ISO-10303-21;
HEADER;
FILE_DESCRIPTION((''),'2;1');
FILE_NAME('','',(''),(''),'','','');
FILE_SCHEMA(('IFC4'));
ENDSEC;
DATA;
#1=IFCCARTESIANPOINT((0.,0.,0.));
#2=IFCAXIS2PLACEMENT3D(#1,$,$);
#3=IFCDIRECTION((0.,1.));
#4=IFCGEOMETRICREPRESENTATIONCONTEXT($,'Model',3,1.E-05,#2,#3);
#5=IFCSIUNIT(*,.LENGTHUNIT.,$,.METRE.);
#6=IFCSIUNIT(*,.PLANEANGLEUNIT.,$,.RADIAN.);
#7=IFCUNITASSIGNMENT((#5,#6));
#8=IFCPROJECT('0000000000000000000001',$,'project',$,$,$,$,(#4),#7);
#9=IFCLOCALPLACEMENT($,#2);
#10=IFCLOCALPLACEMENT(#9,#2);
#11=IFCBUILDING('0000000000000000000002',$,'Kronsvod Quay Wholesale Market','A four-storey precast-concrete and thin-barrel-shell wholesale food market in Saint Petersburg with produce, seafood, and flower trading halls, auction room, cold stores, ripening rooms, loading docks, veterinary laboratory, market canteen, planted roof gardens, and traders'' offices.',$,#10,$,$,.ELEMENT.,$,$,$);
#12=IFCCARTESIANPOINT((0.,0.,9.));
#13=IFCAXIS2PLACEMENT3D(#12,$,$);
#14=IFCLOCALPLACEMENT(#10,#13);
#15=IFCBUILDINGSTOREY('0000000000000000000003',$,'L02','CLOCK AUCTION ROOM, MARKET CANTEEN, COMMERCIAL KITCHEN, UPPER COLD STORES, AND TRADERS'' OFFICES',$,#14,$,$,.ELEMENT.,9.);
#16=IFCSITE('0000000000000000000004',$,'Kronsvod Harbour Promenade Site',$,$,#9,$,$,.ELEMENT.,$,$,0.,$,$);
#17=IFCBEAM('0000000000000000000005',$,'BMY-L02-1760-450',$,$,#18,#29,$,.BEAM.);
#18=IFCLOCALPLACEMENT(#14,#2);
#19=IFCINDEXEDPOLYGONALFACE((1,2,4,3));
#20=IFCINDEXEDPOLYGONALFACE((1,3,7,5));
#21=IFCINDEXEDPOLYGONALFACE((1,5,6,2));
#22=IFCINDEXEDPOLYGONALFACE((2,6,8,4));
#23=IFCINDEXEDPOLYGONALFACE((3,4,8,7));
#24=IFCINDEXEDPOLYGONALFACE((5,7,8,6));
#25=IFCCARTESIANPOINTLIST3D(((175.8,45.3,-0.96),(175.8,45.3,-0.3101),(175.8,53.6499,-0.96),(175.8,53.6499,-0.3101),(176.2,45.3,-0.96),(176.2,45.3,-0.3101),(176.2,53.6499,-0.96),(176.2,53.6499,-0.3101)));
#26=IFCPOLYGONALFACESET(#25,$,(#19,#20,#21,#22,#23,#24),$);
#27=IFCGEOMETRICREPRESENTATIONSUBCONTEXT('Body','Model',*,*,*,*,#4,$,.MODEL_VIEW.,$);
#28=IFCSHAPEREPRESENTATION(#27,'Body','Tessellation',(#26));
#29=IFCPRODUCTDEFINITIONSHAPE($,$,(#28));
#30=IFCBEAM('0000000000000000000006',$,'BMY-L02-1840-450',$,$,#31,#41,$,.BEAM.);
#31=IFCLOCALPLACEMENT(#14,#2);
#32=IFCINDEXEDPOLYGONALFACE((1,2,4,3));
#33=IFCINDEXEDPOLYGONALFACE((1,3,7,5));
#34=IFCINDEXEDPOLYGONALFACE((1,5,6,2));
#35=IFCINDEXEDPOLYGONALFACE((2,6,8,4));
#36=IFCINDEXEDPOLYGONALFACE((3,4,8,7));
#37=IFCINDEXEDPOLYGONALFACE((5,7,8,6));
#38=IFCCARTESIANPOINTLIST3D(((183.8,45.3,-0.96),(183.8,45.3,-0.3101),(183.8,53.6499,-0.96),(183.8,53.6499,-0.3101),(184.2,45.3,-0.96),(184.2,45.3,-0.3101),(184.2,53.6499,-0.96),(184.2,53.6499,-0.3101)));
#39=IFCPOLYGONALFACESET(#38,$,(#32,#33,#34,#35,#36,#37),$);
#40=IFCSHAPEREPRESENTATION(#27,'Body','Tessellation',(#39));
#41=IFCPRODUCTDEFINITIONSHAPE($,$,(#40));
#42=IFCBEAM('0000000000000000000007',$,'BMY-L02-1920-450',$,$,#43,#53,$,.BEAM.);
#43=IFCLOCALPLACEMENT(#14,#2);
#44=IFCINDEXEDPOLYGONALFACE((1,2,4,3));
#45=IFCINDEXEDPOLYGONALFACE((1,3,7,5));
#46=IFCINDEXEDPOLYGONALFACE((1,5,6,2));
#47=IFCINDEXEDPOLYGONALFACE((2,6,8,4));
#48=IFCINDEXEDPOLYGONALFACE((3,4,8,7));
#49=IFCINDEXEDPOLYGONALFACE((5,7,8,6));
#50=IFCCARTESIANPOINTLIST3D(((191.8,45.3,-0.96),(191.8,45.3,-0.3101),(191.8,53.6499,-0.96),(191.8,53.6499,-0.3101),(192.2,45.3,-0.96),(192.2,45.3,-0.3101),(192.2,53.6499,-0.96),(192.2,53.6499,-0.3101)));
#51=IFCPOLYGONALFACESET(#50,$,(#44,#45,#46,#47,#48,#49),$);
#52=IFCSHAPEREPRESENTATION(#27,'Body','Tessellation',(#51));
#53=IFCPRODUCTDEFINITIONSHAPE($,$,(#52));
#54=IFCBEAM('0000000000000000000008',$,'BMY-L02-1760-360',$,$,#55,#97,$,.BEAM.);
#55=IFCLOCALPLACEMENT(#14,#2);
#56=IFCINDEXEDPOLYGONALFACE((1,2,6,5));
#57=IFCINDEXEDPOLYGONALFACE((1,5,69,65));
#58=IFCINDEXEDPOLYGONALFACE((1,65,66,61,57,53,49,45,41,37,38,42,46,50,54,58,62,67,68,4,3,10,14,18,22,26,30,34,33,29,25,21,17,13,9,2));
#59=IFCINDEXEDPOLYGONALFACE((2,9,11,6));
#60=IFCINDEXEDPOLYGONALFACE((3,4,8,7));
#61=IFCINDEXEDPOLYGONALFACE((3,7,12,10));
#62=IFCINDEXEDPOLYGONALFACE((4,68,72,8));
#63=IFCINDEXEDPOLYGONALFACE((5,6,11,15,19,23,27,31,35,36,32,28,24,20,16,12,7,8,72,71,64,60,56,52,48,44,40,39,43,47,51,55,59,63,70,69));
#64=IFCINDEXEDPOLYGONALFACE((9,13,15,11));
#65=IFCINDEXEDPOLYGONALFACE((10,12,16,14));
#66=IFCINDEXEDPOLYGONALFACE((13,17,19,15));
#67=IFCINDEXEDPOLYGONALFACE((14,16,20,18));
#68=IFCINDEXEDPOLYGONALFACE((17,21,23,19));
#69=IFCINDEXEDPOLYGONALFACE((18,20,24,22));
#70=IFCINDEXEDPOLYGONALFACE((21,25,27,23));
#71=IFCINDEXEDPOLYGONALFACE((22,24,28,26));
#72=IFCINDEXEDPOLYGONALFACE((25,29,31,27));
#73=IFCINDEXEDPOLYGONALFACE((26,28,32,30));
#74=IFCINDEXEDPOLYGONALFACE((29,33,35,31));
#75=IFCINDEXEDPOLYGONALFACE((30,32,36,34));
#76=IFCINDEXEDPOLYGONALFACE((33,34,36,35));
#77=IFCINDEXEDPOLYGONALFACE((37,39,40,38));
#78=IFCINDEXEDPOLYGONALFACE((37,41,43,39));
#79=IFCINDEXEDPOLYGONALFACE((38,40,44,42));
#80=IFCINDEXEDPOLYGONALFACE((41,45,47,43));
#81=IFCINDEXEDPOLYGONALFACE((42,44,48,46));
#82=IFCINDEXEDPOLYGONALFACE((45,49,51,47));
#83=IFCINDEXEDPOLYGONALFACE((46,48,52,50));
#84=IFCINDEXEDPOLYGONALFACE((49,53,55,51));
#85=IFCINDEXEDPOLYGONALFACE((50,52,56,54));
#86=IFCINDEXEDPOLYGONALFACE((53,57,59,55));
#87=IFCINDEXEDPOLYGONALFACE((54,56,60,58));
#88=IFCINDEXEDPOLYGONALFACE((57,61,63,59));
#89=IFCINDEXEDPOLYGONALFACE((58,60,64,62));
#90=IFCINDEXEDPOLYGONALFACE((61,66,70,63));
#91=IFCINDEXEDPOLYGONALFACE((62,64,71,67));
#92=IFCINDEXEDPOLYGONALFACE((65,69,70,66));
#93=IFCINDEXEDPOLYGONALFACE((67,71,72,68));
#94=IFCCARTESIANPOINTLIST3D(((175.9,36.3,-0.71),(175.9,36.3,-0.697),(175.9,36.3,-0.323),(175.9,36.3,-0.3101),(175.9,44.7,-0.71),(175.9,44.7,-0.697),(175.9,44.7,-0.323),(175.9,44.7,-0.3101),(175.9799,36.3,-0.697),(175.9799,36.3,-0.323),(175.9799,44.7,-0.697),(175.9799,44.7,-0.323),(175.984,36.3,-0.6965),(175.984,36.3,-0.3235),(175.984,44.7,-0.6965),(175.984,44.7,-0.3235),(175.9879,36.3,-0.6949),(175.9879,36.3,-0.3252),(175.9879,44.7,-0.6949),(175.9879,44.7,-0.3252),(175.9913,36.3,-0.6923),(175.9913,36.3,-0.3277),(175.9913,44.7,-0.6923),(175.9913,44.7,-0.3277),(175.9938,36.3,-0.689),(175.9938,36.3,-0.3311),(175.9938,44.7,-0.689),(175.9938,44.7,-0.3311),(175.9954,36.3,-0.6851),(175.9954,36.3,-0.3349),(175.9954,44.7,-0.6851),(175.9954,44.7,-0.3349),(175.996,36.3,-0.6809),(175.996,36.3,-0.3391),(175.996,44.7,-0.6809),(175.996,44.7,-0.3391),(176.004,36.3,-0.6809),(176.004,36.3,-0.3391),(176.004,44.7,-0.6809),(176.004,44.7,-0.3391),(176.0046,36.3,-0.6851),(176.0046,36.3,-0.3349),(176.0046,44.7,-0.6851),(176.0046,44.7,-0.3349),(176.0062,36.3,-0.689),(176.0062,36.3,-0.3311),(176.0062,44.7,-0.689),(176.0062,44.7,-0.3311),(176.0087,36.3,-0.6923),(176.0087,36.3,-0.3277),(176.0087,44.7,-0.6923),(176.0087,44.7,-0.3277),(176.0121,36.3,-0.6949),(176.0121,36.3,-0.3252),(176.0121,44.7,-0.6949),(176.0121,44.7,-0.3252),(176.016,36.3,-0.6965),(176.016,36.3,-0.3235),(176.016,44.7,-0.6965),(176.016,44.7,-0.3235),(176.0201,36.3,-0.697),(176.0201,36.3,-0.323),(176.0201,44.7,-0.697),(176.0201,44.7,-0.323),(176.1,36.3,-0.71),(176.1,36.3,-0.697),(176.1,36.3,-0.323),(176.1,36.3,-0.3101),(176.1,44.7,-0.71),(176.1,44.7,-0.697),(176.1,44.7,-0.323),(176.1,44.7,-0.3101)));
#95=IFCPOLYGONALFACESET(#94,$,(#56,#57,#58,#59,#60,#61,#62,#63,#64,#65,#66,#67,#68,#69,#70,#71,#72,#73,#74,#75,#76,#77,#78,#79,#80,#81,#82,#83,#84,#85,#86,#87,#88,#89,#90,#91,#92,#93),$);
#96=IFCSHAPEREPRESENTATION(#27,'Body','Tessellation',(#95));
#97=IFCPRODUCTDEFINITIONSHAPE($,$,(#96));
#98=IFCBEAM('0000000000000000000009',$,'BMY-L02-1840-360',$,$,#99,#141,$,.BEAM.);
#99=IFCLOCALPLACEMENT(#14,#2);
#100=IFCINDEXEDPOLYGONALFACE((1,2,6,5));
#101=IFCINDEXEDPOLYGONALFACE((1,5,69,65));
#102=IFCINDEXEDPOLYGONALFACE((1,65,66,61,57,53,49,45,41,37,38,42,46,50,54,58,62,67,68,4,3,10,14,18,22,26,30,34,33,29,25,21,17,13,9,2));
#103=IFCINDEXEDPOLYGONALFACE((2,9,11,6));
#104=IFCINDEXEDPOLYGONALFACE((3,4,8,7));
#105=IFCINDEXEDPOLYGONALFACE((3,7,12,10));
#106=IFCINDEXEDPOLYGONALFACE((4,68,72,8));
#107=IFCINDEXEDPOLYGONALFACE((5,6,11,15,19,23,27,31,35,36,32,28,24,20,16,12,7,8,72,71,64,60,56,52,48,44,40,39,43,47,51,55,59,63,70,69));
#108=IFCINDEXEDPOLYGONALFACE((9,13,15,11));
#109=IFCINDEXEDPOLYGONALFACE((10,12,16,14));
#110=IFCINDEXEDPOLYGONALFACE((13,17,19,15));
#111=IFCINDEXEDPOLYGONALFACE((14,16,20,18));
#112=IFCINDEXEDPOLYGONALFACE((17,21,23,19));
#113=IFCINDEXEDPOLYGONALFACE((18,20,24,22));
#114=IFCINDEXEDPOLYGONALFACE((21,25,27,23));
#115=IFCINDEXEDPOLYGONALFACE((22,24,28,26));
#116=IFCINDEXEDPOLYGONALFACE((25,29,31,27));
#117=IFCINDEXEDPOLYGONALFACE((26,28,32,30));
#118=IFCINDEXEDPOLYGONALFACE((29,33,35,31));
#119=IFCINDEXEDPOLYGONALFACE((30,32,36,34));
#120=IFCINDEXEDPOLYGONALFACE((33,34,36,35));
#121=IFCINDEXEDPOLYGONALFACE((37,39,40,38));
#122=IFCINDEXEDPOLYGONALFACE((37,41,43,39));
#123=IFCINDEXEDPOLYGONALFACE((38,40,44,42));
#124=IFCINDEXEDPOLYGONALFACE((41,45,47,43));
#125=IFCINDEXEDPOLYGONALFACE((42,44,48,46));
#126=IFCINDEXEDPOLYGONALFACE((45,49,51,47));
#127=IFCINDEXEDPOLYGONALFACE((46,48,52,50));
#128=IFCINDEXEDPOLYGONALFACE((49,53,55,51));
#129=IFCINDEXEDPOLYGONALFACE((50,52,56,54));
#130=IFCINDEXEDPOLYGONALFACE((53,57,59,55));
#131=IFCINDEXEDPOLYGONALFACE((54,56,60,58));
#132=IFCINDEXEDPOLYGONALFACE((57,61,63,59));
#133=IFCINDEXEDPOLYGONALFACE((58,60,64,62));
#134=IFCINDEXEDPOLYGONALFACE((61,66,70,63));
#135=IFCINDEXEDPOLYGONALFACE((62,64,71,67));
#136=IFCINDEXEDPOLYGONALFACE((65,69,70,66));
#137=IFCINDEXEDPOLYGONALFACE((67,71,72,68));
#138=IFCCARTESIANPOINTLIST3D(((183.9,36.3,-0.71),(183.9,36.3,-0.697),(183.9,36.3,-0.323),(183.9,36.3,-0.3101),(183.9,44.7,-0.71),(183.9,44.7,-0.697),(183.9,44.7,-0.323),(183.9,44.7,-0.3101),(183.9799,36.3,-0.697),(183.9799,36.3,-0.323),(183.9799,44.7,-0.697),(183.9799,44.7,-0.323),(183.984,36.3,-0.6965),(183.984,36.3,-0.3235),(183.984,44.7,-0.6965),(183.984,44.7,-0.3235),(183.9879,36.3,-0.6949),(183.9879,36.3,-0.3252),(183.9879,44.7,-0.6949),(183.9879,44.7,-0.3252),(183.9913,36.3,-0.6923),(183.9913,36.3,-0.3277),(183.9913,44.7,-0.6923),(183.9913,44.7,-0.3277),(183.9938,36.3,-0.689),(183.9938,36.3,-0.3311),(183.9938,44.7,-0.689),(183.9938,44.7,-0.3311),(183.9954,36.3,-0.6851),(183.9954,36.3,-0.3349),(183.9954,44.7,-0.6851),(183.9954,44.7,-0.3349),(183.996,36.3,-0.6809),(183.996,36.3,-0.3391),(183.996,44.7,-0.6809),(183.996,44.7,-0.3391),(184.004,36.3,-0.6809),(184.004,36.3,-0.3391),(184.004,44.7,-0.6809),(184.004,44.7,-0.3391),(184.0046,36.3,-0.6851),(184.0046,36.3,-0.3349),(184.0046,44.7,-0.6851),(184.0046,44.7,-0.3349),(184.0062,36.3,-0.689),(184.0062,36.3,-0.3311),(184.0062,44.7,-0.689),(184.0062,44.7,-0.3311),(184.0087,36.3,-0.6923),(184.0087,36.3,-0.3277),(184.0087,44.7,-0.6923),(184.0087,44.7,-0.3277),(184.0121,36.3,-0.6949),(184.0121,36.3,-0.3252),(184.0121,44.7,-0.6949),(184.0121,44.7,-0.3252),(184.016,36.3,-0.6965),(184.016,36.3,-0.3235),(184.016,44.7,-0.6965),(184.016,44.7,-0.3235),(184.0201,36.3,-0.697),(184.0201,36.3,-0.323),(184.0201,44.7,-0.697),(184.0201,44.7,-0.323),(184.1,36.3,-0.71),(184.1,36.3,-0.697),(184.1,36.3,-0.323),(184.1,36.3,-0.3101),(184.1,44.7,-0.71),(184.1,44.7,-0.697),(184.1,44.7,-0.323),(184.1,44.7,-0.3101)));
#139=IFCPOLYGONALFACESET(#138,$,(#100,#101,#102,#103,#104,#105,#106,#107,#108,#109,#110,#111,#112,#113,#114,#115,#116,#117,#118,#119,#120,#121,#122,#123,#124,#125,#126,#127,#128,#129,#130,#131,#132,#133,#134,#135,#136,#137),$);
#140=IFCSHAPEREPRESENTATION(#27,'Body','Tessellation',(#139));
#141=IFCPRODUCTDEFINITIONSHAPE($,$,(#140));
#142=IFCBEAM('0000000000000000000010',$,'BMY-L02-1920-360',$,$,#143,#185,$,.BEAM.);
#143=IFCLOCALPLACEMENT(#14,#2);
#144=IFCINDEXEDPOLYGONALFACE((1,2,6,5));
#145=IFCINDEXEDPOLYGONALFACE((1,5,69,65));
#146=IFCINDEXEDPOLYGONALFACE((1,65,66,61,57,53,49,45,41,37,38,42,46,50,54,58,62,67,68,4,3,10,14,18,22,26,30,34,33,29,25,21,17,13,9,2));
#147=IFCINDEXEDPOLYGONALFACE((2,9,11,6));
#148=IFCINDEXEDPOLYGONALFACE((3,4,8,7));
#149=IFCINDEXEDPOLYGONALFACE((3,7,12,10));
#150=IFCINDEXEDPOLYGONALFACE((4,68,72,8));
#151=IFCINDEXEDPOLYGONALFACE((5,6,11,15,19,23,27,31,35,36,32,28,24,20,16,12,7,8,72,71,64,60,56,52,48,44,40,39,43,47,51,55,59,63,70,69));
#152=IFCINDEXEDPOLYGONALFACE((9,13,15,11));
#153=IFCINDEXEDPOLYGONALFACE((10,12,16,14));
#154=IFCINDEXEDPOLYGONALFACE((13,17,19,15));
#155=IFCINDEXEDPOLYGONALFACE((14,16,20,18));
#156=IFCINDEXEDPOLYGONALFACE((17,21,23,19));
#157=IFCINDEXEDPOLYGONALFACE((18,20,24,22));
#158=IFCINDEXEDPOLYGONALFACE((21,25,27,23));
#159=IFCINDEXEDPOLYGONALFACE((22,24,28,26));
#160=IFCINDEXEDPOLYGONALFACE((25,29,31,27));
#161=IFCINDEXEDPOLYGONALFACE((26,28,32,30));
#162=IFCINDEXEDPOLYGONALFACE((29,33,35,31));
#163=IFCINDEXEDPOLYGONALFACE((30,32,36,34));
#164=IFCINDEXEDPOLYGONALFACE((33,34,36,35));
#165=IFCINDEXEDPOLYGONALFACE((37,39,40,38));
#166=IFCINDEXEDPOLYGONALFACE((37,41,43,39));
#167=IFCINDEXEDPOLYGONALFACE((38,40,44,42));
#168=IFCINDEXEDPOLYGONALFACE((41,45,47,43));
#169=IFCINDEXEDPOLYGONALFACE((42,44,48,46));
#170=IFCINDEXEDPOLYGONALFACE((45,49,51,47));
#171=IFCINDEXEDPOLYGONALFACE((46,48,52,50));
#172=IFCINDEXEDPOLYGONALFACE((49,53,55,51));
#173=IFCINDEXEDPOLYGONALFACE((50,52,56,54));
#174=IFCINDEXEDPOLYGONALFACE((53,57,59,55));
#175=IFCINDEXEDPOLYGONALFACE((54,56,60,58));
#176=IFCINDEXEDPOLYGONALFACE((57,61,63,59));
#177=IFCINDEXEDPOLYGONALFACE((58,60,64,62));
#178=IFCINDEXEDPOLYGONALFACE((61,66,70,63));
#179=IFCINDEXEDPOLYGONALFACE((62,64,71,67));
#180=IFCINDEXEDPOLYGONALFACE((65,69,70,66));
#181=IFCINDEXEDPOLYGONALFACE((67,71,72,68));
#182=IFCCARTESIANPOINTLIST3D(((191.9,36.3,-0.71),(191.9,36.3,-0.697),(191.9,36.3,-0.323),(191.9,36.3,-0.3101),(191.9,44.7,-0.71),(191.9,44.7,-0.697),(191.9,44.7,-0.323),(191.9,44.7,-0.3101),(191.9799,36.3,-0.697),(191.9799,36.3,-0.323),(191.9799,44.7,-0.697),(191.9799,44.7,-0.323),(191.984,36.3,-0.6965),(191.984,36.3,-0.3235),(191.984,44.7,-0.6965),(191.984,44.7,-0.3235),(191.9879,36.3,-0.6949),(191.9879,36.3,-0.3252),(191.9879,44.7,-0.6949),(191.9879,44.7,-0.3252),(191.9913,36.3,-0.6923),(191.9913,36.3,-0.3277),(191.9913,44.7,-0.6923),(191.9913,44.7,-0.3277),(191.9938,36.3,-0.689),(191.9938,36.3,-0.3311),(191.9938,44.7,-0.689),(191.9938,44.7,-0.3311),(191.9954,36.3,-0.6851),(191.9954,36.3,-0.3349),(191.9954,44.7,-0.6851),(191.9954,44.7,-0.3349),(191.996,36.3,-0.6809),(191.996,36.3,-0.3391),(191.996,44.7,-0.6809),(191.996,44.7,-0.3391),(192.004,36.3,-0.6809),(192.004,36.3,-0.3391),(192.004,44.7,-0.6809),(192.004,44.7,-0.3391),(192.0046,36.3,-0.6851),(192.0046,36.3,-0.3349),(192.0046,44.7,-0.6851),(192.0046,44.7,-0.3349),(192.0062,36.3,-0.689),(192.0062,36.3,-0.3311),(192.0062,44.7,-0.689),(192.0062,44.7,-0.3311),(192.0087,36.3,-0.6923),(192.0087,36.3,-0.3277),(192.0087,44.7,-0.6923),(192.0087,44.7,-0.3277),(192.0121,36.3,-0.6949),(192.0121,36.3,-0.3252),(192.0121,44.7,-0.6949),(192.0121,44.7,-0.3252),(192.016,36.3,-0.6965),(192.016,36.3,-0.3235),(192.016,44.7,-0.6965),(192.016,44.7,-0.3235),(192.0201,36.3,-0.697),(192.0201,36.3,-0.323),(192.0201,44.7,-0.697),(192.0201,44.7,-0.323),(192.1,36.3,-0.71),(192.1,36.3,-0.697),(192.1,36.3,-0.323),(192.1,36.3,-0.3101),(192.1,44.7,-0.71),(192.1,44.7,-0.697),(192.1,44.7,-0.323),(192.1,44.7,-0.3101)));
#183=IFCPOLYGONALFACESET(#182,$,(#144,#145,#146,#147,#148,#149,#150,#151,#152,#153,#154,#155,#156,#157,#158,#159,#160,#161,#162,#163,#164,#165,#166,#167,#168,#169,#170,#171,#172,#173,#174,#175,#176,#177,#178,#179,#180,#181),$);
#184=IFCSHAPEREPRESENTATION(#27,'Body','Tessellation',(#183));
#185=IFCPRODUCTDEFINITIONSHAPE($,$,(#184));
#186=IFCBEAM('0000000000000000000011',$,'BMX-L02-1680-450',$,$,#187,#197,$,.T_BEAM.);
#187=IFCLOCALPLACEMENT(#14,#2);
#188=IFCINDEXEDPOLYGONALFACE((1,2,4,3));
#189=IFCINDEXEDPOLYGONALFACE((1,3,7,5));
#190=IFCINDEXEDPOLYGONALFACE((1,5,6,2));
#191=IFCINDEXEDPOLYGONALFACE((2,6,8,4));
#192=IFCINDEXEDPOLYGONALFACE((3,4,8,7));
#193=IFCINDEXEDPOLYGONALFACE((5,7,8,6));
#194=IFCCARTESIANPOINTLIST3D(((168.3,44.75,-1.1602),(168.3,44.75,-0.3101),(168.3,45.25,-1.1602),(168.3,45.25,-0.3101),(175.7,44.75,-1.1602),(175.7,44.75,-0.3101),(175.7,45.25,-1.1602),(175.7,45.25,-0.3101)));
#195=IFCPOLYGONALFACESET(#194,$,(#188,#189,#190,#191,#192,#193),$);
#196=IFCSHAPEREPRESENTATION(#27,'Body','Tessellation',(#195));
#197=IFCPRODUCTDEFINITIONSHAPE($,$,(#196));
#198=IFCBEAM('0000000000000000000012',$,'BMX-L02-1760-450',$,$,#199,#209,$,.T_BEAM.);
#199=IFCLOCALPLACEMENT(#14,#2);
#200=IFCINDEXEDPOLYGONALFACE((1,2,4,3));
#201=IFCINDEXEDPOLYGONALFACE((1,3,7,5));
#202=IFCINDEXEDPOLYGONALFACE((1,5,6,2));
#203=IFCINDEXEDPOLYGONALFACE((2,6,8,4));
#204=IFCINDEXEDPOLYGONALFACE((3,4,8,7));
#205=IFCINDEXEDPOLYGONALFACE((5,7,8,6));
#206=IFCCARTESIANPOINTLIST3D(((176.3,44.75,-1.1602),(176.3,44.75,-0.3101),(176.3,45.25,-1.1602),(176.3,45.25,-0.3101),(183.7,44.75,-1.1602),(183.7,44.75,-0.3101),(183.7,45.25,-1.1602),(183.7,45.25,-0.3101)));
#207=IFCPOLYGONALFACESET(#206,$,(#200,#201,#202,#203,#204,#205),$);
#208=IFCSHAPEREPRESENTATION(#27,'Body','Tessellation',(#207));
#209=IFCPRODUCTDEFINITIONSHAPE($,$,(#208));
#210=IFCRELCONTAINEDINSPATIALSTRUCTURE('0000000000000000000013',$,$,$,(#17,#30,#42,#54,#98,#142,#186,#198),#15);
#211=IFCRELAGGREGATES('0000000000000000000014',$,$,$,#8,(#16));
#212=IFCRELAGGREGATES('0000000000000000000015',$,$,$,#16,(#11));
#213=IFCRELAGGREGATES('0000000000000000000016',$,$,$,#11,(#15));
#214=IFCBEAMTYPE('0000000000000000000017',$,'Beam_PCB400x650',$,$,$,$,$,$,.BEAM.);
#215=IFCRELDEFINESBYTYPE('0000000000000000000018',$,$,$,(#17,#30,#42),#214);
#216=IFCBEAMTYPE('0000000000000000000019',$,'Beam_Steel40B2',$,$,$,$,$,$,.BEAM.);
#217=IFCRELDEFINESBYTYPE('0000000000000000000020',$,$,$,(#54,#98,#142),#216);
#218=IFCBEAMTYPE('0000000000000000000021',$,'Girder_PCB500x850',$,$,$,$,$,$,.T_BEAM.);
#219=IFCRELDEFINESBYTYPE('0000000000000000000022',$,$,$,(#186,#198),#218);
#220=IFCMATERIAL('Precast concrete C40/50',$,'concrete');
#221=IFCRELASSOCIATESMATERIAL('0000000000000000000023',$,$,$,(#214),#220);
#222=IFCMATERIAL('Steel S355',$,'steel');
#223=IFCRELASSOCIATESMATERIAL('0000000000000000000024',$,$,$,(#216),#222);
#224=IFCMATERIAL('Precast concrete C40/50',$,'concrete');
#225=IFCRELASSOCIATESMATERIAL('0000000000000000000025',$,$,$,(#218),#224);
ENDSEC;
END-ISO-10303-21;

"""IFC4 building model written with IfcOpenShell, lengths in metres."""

from ifc_helpers import new_model, si_unit, direction, frame, origin, origin_2d, place, context, subcontext, project, spatial, rectangle, i_section, extrude, material, material_profile, profile_set, type_object, element, save


model = new_model("IFC4")

# Units and contexts
model_context = context("Model", 3, precision=1e-05, world=origin(), true_north=direction((0.0, 1.0)))
body_context = subcontext(model_context, "Body", "Model", "MODEL_VIEW")
ifc_project = project(units=[si_unit("LENGTHUNIT", "METRE"), si_unit("PLANEANGLEUNIT", "RADIAN")], contexts=[model_context])

# Site, building, storey
site_placement = place(None, origin())
site = spatial("IfcSite", under=ifc_project, at=site_placement, Name="Kronsvod Harbour Promenade Site", CompositionType="ELEMENT", RefElevation=0.0)
building_placement = place(site_placement, origin())
building = spatial("IfcBuilding", under=site, at=building_placement, Name="Kronsvod Quay Wholesale Market", Description="A four-storey precast-concrete and thin-barrel-shell wholesale food market in Saint Petersburg with produce, seafood, and flower trading halls, auction room, cold stores, ripening rooms, loading docks, veterinary laboratory, market canteen, planted roof gardens, and traders' offices.", CompositionType="ELEMENT")
storey_placement = place(building_placement, frame((0.0, 0.0, 9.0)))
storey = spatial("IfcBuildingStorey", under=building, at=storey_placement, Name="L02", Description="CLOCK AUCTION ROOM, MARKET CANTEEN, COMMERCIAL KITCHEN, UPPER COLD STORES, AND TRADERS' OFFICES", CompositionType="ELEMENT", Elevation=9.0)

# Beams
ifc_material_1 = material(Name="Precast concrete C40/50", Category="concrete")
ifc_material_profile_1 = material_profile(ifc_material_1, rectangle(XDim=0.3999, YDim=0.6499, at=origin_2d()), Name="PCB400x650")
ifc_profile_set_1 = profile_set([ifc_material_profile_1], Name="Precast concrete C40/50")
beam_type_1 = type_object("IfcBeamType", Name="Beam_PCB400x650", PredefinedType="BEAM", material=ifc_profile_set_1)
for number, where, z_axis, x_axis, name in (
    (1, (176.0, 45.3, -0.635), (0.0, 1.0, 0.0), (-1.0, 0.0, 0.0), "BMY-L02-1760-450"),
    (2, (184.0, 45.3, -0.635), (0.0, 1.0, 0.0), (-1.0, 0.0, 0.0), "BMY-L02-1840-450"),
    (3, (192.0, 45.3, -0.635), (0.0, 1.0, 0.0), (-1.0, 0.0, 0.0), "BMY-L02-1920-450"),
):
    element("IfcBeam", number, at=place(storey_placement, frame(where, z_axis=z_axis, x_axis=x_axis)), inside=storey, type_object=beam_type_1, Name=name, PredefinedType="BEAM", context=body_context, shape_type="SweptSolid", body=[
        extrude(rectangle(XDim=0.3999, YDim=0.6499, at=origin_2d()), origin(), (0.0, 0.0, 1.0), 8.3499),
    ])
ifc_material_2 = material(Name="Steel S355", Category="steel")
ifc_material_profile_2 = material_profile(ifc_material_2, i_section(OverallWidth=0.2, OverallDepth=0.3999, WebThickness=0.0081, FlangeThickness=0.0129, FilletRadius=0.0161, at=origin_2d()), Name="40B2")
ifc_profile_set_2 = profile_set([ifc_material_profile_2], Name="Steel S355")
beam_type_2 = type_object("IfcBeamType", Name="Beam_Steel40B2", PredefinedType="BEAM", material=ifc_profile_set_2)
for number, where, z_axis, x_axis, name in (
    (4, (176.0, 36.3, -0.51), (0.0, 1.0, 0.0), (-1.0, 0.0, 0.0), "BMY-L02-1760-360"),
    (5, (184.0, 36.3, -0.51), (0.0, 1.0, 0.0), (-1.0, 0.0, 0.0), "BMY-L02-1840-360"),
    (6, (192.0, 36.3, -0.51), (0.0, 1.0, 0.0), (-1.0, 0.0, 0.0), "BMY-L02-1920-360"),
):
    element("IfcBeam", number, at=place(storey_placement, frame(where, z_axis=z_axis, x_axis=x_axis)), inside=storey, type_object=beam_type_2, Name=name, PredefinedType="BEAM", context=body_context, shape_type="SweptSolid", body=[
        extrude(i_section(OverallWidth=0.2, OverallDepth=0.3999, WebThickness=0.0081, FlangeThickness=0.0129, FilletRadius=0.0161, at=origin_2d()), origin(), (0.0, 0.0, 1.0), 8.3999),
    ])
ifc_material_3 = material(Name="Precast concrete C40/50", Category="concrete")
ifc_material_profile_3 = material_profile(ifc_material_3, rectangle(XDim=0.5, YDim=0.8501, at=origin_2d()), Name="PCB500x850")
ifc_profile_set_3 = profile_set([ifc_material_profile_3], Name="Precast concrete C40/50")
beam_type_3 = type_object("IfcBeamType", Name="Girder_PCB500x850", PredefinedType="T_BEAM", material=ifc_profile_set_3)
for number, where, z_axis, x_axis, name in (
    (7, (168.3, 45.0, -0.7351), (1.0, 0.0, 0.0), (0.0, 1.0, 0.0), "BMX-L02-1680-450"),
    (8, (176.3, 45.0, -0.7351), (1.0, 0.0, 0.0), (0.0, 1.0, 0.0), "BMX-L02-1760-450"),
):
    element("IfcBeam", number, at=place(storey_placement, frame(where, z_axis=z_axis, x_axis=x_axis)), inside=storey, type_object=beam_type_3, Name=name, PredefinedType="T_BEAM", context=body_context, shape_type="SweptSolid", body=[
        extrude(rectangle(XDim=0.5, YDim=0.8501, at=origin_2d()), origin(), (0.0, 0.0, 1.0), 7.3999),
    ])

save(model, "model.ifc")
